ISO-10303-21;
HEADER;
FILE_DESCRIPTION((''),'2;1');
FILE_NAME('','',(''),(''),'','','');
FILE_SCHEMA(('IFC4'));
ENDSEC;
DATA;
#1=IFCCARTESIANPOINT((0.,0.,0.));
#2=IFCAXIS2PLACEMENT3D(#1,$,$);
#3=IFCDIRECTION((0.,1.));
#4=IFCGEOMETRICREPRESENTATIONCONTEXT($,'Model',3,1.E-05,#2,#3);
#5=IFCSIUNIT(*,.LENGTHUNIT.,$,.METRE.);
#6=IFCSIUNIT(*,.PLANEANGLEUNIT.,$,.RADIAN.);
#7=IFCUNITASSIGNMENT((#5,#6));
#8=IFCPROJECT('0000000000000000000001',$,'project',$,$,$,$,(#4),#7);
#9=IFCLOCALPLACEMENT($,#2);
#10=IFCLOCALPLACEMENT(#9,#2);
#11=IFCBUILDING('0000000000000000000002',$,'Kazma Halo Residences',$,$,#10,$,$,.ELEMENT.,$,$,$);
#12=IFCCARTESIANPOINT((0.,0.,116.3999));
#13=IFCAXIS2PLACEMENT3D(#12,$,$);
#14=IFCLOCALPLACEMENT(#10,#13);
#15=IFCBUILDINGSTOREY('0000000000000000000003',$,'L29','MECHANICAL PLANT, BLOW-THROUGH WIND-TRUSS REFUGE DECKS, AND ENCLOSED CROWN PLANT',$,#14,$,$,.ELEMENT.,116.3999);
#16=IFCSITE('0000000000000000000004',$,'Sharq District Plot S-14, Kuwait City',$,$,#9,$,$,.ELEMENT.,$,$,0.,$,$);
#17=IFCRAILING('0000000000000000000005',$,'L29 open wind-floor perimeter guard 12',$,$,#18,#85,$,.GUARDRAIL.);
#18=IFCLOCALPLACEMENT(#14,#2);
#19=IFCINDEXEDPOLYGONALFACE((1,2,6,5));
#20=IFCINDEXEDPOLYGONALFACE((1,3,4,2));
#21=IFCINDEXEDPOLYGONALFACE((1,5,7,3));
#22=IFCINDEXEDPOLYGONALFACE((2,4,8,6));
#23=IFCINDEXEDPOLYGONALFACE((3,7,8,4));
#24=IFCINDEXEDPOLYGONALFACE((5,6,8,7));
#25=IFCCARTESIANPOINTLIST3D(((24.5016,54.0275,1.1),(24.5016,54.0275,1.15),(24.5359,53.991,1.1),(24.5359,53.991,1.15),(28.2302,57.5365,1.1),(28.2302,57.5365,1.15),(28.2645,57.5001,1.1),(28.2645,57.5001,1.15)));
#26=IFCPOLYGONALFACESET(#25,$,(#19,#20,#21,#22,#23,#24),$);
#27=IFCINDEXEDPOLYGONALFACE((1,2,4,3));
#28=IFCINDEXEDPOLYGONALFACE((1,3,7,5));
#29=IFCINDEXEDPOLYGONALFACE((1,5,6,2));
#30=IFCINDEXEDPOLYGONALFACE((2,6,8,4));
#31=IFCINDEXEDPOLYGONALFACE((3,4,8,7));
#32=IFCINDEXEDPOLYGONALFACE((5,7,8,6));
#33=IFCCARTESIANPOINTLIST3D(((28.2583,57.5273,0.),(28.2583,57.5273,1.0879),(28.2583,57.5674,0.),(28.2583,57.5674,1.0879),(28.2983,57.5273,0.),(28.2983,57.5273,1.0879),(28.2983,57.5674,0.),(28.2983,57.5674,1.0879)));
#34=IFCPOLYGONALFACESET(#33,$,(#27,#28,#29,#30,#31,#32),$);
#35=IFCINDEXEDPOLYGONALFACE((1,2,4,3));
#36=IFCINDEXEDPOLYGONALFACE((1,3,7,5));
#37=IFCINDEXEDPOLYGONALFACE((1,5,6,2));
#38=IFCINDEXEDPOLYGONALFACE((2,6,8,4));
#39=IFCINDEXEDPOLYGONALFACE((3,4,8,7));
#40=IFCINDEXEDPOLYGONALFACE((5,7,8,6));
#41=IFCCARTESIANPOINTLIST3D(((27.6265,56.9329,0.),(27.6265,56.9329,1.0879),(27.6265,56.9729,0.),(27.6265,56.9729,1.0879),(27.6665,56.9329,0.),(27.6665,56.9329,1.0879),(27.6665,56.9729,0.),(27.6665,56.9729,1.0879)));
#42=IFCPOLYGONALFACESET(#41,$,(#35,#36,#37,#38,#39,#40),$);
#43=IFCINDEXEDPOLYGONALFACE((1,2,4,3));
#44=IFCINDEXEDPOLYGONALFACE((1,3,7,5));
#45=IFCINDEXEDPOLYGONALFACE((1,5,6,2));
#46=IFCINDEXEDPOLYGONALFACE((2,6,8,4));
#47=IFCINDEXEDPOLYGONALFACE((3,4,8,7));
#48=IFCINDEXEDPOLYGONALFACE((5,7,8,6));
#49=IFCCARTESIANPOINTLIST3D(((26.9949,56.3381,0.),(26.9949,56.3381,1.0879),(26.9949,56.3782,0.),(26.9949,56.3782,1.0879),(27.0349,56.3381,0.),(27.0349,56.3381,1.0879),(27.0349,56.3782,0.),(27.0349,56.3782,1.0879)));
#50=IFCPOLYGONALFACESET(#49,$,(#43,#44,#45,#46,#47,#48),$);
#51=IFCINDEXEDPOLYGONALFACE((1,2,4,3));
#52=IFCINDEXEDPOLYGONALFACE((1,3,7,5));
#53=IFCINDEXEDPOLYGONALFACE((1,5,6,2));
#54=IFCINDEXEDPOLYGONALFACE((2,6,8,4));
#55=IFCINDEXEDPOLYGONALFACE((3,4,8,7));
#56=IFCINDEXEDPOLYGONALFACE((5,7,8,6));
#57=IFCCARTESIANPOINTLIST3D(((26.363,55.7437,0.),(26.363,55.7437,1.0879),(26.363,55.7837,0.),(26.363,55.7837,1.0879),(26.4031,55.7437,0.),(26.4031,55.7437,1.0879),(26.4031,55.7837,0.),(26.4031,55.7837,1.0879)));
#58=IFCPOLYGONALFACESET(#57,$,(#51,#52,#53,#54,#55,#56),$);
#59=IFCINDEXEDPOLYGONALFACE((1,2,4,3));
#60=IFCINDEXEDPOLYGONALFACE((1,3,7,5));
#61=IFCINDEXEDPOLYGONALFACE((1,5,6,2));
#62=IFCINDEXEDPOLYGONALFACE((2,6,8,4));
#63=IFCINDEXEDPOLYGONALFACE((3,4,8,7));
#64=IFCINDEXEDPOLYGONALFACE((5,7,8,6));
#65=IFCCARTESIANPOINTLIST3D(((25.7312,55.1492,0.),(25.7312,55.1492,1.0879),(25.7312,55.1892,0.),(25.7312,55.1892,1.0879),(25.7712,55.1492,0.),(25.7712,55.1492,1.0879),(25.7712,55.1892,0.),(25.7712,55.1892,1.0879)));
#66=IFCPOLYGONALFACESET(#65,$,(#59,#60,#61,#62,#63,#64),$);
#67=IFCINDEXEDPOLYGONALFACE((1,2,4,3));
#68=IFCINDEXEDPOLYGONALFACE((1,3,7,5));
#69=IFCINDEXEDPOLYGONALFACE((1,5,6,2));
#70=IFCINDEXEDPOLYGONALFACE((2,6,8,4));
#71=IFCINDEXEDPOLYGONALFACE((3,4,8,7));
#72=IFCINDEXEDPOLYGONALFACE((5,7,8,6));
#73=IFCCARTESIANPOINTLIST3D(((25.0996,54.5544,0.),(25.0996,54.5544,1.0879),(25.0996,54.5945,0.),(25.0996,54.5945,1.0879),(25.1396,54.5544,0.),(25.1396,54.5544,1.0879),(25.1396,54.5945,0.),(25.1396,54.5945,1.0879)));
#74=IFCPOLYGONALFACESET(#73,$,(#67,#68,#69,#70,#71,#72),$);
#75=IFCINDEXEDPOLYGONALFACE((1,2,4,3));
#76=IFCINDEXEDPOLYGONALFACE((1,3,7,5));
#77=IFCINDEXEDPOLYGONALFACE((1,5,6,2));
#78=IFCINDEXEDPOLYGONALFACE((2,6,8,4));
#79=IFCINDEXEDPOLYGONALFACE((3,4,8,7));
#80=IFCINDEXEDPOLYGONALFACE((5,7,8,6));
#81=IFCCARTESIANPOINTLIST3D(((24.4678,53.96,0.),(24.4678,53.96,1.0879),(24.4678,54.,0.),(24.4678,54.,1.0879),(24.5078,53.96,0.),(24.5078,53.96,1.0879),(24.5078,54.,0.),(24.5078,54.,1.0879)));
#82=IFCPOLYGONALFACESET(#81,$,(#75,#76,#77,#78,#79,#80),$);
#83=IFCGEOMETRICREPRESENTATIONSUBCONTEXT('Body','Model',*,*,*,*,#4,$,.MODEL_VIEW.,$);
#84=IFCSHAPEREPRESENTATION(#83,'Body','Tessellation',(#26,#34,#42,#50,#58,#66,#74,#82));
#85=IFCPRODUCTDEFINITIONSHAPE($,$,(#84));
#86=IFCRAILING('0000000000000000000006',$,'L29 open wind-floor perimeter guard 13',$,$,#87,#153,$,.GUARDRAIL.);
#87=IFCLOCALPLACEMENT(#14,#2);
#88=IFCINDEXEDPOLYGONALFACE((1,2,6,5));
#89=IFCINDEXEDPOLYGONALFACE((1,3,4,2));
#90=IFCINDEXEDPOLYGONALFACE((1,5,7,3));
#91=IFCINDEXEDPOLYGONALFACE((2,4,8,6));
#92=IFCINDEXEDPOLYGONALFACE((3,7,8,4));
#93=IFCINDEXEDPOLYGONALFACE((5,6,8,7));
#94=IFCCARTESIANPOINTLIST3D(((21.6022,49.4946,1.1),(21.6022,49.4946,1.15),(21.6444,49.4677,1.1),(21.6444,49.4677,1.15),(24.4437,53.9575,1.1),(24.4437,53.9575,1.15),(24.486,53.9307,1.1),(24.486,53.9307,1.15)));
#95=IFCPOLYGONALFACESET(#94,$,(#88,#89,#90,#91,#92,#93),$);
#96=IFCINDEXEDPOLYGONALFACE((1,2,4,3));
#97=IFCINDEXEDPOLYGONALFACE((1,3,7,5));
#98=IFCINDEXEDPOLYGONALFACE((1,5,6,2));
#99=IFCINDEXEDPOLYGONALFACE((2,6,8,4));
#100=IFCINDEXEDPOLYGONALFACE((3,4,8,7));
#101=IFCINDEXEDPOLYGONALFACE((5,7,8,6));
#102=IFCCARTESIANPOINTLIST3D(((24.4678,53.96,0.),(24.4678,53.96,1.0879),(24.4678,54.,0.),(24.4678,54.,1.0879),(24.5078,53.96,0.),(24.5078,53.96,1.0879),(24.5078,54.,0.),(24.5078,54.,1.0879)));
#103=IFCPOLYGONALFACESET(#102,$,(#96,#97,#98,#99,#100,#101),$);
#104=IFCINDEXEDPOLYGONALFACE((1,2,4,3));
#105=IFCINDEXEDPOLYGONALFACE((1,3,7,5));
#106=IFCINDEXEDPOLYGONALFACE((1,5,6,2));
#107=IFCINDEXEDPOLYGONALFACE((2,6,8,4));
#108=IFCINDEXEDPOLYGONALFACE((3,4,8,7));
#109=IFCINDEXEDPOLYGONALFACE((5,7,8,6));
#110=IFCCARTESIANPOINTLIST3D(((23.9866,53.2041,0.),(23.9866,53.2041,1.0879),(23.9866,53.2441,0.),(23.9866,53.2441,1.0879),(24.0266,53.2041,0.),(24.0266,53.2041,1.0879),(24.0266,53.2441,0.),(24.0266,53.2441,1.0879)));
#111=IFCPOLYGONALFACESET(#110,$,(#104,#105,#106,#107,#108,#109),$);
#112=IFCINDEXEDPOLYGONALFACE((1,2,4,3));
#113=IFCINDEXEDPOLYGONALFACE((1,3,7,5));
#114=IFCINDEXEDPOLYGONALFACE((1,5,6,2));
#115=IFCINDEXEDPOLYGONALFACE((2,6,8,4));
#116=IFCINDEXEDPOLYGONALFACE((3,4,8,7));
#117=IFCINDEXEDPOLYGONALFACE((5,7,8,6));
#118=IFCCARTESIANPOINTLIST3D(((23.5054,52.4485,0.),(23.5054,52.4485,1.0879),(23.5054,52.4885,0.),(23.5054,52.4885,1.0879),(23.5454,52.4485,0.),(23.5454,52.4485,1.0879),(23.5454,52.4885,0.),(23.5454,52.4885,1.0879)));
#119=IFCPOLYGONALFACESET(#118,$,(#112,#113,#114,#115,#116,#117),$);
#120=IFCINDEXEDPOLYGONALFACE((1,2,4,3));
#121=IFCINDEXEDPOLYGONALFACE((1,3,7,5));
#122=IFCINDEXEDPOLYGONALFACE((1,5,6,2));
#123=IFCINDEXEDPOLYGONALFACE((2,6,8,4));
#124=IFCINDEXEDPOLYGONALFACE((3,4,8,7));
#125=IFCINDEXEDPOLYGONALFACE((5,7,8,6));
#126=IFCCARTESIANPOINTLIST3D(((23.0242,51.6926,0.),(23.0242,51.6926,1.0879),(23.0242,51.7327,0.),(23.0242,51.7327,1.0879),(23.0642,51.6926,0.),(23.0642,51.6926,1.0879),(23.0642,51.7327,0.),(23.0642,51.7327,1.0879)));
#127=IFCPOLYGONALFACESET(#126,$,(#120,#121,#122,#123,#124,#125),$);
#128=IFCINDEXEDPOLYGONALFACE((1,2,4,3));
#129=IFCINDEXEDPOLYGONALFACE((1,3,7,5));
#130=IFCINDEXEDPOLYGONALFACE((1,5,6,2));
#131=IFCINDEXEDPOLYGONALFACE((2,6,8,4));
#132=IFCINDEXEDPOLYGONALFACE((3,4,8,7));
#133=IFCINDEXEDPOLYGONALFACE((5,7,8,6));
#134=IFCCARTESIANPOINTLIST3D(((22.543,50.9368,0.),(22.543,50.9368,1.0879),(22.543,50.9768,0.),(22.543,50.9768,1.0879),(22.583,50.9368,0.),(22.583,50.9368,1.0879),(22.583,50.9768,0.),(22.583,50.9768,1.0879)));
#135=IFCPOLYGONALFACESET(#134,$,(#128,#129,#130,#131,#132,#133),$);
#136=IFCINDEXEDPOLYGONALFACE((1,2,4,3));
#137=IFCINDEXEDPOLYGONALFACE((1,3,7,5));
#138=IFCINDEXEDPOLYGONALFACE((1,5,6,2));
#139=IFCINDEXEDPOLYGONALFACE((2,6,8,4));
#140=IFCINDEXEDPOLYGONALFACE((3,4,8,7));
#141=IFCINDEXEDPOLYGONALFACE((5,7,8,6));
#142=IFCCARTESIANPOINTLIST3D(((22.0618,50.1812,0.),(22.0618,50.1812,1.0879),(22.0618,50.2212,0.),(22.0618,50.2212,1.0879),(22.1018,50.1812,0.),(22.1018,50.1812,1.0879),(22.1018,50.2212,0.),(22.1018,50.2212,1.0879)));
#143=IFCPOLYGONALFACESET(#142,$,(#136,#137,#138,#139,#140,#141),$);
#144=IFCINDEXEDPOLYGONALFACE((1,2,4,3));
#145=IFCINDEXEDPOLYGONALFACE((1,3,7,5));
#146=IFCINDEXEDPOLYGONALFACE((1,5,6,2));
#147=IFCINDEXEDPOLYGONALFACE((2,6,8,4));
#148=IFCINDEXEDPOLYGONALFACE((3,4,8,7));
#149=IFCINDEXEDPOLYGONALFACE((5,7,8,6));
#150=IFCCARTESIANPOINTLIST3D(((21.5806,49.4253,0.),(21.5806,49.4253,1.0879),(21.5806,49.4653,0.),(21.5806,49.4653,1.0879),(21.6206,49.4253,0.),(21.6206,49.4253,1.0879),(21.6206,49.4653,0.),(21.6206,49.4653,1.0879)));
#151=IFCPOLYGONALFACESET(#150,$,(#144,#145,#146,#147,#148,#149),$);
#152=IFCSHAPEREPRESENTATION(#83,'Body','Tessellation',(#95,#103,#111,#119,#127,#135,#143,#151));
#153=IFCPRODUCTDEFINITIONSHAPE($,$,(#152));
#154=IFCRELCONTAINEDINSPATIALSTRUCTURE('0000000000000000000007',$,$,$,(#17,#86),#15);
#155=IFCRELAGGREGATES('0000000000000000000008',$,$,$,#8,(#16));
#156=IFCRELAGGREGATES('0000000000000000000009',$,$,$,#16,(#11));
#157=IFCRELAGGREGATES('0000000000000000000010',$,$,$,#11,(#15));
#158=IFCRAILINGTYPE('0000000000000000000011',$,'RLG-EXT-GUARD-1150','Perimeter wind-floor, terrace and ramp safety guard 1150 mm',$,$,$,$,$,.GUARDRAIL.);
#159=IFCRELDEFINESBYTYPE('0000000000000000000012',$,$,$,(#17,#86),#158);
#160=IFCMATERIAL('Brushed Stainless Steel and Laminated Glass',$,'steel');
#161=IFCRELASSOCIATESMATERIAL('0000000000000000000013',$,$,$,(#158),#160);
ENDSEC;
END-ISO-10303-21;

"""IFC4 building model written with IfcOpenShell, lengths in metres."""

from ifc_helpers import new_model, si_unit, direction, frame, origin, origin_2d, place, context, subcontext, project, spatial, rectangle, extrude, material, type_object, element, save


model = new_model("IFC4")

# Units and contexts
model_context = context("Model", 3, precision=1e-05, world=origin(), true_north=direction((0.0, 1.0)))
body_context = subcontext(model_context, "Body", "Model", "MODEL_VIEW")
ifc_project = project(units=[si_unit("LENGTHUNIT", "METRE"), si_unit("PLANEANGLEUNIT", "RADIAN")], contexts=[model_context])

# Site, building, storey
site_placement = place(None, origin())
site = spatial("IfcSite", under=ifc_project, at=site_placement, Name="Sharq District Plot S-14, Kuwait City", CompositionType="ELEMENT", RefElevation=0.0)
building_placement = place(site_placement, origin())
building = spatial("IfcBuilding", under=site, at=building_placement, Name="Kazma Halo Residences", CompositionType="ELEMENT")
storey_placement = place(building_placement, frame((0.0, 0.0, 116.3999)))
storey = spatial("IfcBuildingStorey", under=building, at=storey_placement, Name="L29", Description="MECHANICAL PLANT, BLOW-THROUGH WIND-TRUSS REFUGE DECKS, AND ENCLOSED CROWN PLANT", CompositionType="ELEMENT", Elevation=116.3999)

# Railings
ifc_material_1 = material(Name="Brushed Stainless Steel and Laminated Glass", Category="steel")
railing_type = type_object("IfcRailingType", Name="RLG-EXT-GUARD-1150", Description="Perimeter wind-floor, terrace and ramp safety guard 1150 mm", PredefinedType="GUARDRAIL", material=ifc_material_1)
railing_1_placement = place(storey_placement, frame((28.2783, 57.5474, 0.0)))
element("IfcRailing", 1, at=railing_1_placement, inside=storey, type_object=railing_type, Name="L29 open wind-floor perimeter guard 12", PredefinedType="GUARDRAIL", context=body_context, shape_type="SweptSolid", body=[
    extrude(rectangle(XDim=0.05, YDim=0.05, at=origin_2d()), frame((-0.031, -0.0291, 1.125), z_axis=(-0.728217, -0.685347, 0.0), x_axis=(0.685347, -0.728217, 0.0)), (0.0, 0.0, 1.0), 5.1201),
    extrude(rectangle(XDim=0.04, YDim=0.04, at=origin_2d()), origin(), (0.0, 0.0, 1.0), 1.0879),
    extrude(rectangle(XDim=0.04, YDim=0.04, at=origin_2d()), frame((-0.6318, -0.5945, 0.0)), (0.0, 0.0, 1.0), 1.0879),
    extrude(rectangle(XDim=0.04, YDim=0.04, at=origin_2d()), frame((-1.2634, -1.1892, 0.0)), (0.0, 0.0, 1.0), 1.0879),
    extrude(rectangle(XDim=0.04, YDim=0.04, at=origin_2d()), frame((-1.8953, -1.7837, 0.0)), (0.0, 0.0, 1.0), 1.0879),
    extrude(rectangle(XDim=0.04, YDim=0.04, at=origin_2d()), frame((-2.5271, -2.3782, 0.0)), (0.0, 0.0, 1.0), 1.0879),
    extrude(rectangle(XDim=0.04, YDim=0.04, at=origin_2d()), frame((-3.1587, -2.9729, 0.0)), (0.0, 0.0, 1.0), 1.0879),
    extrude(rectangle(XDim=0.04, YDim=0.04, at=origin_2d()), frame((-3.7905, -3.5674, 0.0)), (0.0, 0.0, 1.0), 1.0879),
])
railing_2_placement = place(storey_placement, frame((24.4878, 53.98, 0.0)))
element("IfcRailing", 2, at=railing_2_placement, inside=storey, type_object=railing_type, Name="L29 open wind-floor perimeter guard 13", PredefinedType="GUARDRAIL", context=body_context, shape_type="SweptSolid", body=[
    extrude(rectangle(XDim=0.05, YDim=0.05, at=origin_2d()), frame((-0.0229, -0.0359, 1.125), z_axis=(-0.537075, -0.843534, 0.0), x_axis=(0.843534, -0.537075, 0.0)), (0.0, 0.0, 1.0), 5.2908),
    extrude(rectangle(XDim=0.04, YDim=0.04, at=origin_2d()), origin(), (0.0, 0.0, 1.0), 1.0879),
    extrude(rectangle(XDim=0.04, YDim=0.04, at=origin_2d()), frame((-0.4812, -0.7559, 0.0)), (0.0, 0.0, 1.0), 1.0879),
    extrude(rectangle(XDim=0.04, YDim=0.04, at=origin_2d()), frame((-0.9624, -1.5115, 0.0)), (0.0, 0.0, 1.0), 1.0879),
    extrude(rectangle(XDim=0.04, YDim=0.04, at=origin_2d()), frame((-1.4436, -2.2673, 0.0)), (0.0, 0.0, 1.0), 1.0879),
    extrude(rectangle(XDim=0.04, YDim=0.04, at=origin_2d()), frame((-1.9248, -3.0232, 0.0)), (0.0, 0.0, 1.0), 1.0879),
    extrude(rectangle(XDim=0.04, YDim=0.04, at=origin_2d()), frame((-2.406, -3.7788, 0.0)), (0.0, 0.0, 1.0), 1.0879),
    extrude(rectangle(XDim=0.04, YDim=0.04, at=origin_2d()), frame((-2.8872, -4.5347, 0.0)), (0.0, 0.0, 1.0), 1.0879),
])

save(model, "model.ifc")
